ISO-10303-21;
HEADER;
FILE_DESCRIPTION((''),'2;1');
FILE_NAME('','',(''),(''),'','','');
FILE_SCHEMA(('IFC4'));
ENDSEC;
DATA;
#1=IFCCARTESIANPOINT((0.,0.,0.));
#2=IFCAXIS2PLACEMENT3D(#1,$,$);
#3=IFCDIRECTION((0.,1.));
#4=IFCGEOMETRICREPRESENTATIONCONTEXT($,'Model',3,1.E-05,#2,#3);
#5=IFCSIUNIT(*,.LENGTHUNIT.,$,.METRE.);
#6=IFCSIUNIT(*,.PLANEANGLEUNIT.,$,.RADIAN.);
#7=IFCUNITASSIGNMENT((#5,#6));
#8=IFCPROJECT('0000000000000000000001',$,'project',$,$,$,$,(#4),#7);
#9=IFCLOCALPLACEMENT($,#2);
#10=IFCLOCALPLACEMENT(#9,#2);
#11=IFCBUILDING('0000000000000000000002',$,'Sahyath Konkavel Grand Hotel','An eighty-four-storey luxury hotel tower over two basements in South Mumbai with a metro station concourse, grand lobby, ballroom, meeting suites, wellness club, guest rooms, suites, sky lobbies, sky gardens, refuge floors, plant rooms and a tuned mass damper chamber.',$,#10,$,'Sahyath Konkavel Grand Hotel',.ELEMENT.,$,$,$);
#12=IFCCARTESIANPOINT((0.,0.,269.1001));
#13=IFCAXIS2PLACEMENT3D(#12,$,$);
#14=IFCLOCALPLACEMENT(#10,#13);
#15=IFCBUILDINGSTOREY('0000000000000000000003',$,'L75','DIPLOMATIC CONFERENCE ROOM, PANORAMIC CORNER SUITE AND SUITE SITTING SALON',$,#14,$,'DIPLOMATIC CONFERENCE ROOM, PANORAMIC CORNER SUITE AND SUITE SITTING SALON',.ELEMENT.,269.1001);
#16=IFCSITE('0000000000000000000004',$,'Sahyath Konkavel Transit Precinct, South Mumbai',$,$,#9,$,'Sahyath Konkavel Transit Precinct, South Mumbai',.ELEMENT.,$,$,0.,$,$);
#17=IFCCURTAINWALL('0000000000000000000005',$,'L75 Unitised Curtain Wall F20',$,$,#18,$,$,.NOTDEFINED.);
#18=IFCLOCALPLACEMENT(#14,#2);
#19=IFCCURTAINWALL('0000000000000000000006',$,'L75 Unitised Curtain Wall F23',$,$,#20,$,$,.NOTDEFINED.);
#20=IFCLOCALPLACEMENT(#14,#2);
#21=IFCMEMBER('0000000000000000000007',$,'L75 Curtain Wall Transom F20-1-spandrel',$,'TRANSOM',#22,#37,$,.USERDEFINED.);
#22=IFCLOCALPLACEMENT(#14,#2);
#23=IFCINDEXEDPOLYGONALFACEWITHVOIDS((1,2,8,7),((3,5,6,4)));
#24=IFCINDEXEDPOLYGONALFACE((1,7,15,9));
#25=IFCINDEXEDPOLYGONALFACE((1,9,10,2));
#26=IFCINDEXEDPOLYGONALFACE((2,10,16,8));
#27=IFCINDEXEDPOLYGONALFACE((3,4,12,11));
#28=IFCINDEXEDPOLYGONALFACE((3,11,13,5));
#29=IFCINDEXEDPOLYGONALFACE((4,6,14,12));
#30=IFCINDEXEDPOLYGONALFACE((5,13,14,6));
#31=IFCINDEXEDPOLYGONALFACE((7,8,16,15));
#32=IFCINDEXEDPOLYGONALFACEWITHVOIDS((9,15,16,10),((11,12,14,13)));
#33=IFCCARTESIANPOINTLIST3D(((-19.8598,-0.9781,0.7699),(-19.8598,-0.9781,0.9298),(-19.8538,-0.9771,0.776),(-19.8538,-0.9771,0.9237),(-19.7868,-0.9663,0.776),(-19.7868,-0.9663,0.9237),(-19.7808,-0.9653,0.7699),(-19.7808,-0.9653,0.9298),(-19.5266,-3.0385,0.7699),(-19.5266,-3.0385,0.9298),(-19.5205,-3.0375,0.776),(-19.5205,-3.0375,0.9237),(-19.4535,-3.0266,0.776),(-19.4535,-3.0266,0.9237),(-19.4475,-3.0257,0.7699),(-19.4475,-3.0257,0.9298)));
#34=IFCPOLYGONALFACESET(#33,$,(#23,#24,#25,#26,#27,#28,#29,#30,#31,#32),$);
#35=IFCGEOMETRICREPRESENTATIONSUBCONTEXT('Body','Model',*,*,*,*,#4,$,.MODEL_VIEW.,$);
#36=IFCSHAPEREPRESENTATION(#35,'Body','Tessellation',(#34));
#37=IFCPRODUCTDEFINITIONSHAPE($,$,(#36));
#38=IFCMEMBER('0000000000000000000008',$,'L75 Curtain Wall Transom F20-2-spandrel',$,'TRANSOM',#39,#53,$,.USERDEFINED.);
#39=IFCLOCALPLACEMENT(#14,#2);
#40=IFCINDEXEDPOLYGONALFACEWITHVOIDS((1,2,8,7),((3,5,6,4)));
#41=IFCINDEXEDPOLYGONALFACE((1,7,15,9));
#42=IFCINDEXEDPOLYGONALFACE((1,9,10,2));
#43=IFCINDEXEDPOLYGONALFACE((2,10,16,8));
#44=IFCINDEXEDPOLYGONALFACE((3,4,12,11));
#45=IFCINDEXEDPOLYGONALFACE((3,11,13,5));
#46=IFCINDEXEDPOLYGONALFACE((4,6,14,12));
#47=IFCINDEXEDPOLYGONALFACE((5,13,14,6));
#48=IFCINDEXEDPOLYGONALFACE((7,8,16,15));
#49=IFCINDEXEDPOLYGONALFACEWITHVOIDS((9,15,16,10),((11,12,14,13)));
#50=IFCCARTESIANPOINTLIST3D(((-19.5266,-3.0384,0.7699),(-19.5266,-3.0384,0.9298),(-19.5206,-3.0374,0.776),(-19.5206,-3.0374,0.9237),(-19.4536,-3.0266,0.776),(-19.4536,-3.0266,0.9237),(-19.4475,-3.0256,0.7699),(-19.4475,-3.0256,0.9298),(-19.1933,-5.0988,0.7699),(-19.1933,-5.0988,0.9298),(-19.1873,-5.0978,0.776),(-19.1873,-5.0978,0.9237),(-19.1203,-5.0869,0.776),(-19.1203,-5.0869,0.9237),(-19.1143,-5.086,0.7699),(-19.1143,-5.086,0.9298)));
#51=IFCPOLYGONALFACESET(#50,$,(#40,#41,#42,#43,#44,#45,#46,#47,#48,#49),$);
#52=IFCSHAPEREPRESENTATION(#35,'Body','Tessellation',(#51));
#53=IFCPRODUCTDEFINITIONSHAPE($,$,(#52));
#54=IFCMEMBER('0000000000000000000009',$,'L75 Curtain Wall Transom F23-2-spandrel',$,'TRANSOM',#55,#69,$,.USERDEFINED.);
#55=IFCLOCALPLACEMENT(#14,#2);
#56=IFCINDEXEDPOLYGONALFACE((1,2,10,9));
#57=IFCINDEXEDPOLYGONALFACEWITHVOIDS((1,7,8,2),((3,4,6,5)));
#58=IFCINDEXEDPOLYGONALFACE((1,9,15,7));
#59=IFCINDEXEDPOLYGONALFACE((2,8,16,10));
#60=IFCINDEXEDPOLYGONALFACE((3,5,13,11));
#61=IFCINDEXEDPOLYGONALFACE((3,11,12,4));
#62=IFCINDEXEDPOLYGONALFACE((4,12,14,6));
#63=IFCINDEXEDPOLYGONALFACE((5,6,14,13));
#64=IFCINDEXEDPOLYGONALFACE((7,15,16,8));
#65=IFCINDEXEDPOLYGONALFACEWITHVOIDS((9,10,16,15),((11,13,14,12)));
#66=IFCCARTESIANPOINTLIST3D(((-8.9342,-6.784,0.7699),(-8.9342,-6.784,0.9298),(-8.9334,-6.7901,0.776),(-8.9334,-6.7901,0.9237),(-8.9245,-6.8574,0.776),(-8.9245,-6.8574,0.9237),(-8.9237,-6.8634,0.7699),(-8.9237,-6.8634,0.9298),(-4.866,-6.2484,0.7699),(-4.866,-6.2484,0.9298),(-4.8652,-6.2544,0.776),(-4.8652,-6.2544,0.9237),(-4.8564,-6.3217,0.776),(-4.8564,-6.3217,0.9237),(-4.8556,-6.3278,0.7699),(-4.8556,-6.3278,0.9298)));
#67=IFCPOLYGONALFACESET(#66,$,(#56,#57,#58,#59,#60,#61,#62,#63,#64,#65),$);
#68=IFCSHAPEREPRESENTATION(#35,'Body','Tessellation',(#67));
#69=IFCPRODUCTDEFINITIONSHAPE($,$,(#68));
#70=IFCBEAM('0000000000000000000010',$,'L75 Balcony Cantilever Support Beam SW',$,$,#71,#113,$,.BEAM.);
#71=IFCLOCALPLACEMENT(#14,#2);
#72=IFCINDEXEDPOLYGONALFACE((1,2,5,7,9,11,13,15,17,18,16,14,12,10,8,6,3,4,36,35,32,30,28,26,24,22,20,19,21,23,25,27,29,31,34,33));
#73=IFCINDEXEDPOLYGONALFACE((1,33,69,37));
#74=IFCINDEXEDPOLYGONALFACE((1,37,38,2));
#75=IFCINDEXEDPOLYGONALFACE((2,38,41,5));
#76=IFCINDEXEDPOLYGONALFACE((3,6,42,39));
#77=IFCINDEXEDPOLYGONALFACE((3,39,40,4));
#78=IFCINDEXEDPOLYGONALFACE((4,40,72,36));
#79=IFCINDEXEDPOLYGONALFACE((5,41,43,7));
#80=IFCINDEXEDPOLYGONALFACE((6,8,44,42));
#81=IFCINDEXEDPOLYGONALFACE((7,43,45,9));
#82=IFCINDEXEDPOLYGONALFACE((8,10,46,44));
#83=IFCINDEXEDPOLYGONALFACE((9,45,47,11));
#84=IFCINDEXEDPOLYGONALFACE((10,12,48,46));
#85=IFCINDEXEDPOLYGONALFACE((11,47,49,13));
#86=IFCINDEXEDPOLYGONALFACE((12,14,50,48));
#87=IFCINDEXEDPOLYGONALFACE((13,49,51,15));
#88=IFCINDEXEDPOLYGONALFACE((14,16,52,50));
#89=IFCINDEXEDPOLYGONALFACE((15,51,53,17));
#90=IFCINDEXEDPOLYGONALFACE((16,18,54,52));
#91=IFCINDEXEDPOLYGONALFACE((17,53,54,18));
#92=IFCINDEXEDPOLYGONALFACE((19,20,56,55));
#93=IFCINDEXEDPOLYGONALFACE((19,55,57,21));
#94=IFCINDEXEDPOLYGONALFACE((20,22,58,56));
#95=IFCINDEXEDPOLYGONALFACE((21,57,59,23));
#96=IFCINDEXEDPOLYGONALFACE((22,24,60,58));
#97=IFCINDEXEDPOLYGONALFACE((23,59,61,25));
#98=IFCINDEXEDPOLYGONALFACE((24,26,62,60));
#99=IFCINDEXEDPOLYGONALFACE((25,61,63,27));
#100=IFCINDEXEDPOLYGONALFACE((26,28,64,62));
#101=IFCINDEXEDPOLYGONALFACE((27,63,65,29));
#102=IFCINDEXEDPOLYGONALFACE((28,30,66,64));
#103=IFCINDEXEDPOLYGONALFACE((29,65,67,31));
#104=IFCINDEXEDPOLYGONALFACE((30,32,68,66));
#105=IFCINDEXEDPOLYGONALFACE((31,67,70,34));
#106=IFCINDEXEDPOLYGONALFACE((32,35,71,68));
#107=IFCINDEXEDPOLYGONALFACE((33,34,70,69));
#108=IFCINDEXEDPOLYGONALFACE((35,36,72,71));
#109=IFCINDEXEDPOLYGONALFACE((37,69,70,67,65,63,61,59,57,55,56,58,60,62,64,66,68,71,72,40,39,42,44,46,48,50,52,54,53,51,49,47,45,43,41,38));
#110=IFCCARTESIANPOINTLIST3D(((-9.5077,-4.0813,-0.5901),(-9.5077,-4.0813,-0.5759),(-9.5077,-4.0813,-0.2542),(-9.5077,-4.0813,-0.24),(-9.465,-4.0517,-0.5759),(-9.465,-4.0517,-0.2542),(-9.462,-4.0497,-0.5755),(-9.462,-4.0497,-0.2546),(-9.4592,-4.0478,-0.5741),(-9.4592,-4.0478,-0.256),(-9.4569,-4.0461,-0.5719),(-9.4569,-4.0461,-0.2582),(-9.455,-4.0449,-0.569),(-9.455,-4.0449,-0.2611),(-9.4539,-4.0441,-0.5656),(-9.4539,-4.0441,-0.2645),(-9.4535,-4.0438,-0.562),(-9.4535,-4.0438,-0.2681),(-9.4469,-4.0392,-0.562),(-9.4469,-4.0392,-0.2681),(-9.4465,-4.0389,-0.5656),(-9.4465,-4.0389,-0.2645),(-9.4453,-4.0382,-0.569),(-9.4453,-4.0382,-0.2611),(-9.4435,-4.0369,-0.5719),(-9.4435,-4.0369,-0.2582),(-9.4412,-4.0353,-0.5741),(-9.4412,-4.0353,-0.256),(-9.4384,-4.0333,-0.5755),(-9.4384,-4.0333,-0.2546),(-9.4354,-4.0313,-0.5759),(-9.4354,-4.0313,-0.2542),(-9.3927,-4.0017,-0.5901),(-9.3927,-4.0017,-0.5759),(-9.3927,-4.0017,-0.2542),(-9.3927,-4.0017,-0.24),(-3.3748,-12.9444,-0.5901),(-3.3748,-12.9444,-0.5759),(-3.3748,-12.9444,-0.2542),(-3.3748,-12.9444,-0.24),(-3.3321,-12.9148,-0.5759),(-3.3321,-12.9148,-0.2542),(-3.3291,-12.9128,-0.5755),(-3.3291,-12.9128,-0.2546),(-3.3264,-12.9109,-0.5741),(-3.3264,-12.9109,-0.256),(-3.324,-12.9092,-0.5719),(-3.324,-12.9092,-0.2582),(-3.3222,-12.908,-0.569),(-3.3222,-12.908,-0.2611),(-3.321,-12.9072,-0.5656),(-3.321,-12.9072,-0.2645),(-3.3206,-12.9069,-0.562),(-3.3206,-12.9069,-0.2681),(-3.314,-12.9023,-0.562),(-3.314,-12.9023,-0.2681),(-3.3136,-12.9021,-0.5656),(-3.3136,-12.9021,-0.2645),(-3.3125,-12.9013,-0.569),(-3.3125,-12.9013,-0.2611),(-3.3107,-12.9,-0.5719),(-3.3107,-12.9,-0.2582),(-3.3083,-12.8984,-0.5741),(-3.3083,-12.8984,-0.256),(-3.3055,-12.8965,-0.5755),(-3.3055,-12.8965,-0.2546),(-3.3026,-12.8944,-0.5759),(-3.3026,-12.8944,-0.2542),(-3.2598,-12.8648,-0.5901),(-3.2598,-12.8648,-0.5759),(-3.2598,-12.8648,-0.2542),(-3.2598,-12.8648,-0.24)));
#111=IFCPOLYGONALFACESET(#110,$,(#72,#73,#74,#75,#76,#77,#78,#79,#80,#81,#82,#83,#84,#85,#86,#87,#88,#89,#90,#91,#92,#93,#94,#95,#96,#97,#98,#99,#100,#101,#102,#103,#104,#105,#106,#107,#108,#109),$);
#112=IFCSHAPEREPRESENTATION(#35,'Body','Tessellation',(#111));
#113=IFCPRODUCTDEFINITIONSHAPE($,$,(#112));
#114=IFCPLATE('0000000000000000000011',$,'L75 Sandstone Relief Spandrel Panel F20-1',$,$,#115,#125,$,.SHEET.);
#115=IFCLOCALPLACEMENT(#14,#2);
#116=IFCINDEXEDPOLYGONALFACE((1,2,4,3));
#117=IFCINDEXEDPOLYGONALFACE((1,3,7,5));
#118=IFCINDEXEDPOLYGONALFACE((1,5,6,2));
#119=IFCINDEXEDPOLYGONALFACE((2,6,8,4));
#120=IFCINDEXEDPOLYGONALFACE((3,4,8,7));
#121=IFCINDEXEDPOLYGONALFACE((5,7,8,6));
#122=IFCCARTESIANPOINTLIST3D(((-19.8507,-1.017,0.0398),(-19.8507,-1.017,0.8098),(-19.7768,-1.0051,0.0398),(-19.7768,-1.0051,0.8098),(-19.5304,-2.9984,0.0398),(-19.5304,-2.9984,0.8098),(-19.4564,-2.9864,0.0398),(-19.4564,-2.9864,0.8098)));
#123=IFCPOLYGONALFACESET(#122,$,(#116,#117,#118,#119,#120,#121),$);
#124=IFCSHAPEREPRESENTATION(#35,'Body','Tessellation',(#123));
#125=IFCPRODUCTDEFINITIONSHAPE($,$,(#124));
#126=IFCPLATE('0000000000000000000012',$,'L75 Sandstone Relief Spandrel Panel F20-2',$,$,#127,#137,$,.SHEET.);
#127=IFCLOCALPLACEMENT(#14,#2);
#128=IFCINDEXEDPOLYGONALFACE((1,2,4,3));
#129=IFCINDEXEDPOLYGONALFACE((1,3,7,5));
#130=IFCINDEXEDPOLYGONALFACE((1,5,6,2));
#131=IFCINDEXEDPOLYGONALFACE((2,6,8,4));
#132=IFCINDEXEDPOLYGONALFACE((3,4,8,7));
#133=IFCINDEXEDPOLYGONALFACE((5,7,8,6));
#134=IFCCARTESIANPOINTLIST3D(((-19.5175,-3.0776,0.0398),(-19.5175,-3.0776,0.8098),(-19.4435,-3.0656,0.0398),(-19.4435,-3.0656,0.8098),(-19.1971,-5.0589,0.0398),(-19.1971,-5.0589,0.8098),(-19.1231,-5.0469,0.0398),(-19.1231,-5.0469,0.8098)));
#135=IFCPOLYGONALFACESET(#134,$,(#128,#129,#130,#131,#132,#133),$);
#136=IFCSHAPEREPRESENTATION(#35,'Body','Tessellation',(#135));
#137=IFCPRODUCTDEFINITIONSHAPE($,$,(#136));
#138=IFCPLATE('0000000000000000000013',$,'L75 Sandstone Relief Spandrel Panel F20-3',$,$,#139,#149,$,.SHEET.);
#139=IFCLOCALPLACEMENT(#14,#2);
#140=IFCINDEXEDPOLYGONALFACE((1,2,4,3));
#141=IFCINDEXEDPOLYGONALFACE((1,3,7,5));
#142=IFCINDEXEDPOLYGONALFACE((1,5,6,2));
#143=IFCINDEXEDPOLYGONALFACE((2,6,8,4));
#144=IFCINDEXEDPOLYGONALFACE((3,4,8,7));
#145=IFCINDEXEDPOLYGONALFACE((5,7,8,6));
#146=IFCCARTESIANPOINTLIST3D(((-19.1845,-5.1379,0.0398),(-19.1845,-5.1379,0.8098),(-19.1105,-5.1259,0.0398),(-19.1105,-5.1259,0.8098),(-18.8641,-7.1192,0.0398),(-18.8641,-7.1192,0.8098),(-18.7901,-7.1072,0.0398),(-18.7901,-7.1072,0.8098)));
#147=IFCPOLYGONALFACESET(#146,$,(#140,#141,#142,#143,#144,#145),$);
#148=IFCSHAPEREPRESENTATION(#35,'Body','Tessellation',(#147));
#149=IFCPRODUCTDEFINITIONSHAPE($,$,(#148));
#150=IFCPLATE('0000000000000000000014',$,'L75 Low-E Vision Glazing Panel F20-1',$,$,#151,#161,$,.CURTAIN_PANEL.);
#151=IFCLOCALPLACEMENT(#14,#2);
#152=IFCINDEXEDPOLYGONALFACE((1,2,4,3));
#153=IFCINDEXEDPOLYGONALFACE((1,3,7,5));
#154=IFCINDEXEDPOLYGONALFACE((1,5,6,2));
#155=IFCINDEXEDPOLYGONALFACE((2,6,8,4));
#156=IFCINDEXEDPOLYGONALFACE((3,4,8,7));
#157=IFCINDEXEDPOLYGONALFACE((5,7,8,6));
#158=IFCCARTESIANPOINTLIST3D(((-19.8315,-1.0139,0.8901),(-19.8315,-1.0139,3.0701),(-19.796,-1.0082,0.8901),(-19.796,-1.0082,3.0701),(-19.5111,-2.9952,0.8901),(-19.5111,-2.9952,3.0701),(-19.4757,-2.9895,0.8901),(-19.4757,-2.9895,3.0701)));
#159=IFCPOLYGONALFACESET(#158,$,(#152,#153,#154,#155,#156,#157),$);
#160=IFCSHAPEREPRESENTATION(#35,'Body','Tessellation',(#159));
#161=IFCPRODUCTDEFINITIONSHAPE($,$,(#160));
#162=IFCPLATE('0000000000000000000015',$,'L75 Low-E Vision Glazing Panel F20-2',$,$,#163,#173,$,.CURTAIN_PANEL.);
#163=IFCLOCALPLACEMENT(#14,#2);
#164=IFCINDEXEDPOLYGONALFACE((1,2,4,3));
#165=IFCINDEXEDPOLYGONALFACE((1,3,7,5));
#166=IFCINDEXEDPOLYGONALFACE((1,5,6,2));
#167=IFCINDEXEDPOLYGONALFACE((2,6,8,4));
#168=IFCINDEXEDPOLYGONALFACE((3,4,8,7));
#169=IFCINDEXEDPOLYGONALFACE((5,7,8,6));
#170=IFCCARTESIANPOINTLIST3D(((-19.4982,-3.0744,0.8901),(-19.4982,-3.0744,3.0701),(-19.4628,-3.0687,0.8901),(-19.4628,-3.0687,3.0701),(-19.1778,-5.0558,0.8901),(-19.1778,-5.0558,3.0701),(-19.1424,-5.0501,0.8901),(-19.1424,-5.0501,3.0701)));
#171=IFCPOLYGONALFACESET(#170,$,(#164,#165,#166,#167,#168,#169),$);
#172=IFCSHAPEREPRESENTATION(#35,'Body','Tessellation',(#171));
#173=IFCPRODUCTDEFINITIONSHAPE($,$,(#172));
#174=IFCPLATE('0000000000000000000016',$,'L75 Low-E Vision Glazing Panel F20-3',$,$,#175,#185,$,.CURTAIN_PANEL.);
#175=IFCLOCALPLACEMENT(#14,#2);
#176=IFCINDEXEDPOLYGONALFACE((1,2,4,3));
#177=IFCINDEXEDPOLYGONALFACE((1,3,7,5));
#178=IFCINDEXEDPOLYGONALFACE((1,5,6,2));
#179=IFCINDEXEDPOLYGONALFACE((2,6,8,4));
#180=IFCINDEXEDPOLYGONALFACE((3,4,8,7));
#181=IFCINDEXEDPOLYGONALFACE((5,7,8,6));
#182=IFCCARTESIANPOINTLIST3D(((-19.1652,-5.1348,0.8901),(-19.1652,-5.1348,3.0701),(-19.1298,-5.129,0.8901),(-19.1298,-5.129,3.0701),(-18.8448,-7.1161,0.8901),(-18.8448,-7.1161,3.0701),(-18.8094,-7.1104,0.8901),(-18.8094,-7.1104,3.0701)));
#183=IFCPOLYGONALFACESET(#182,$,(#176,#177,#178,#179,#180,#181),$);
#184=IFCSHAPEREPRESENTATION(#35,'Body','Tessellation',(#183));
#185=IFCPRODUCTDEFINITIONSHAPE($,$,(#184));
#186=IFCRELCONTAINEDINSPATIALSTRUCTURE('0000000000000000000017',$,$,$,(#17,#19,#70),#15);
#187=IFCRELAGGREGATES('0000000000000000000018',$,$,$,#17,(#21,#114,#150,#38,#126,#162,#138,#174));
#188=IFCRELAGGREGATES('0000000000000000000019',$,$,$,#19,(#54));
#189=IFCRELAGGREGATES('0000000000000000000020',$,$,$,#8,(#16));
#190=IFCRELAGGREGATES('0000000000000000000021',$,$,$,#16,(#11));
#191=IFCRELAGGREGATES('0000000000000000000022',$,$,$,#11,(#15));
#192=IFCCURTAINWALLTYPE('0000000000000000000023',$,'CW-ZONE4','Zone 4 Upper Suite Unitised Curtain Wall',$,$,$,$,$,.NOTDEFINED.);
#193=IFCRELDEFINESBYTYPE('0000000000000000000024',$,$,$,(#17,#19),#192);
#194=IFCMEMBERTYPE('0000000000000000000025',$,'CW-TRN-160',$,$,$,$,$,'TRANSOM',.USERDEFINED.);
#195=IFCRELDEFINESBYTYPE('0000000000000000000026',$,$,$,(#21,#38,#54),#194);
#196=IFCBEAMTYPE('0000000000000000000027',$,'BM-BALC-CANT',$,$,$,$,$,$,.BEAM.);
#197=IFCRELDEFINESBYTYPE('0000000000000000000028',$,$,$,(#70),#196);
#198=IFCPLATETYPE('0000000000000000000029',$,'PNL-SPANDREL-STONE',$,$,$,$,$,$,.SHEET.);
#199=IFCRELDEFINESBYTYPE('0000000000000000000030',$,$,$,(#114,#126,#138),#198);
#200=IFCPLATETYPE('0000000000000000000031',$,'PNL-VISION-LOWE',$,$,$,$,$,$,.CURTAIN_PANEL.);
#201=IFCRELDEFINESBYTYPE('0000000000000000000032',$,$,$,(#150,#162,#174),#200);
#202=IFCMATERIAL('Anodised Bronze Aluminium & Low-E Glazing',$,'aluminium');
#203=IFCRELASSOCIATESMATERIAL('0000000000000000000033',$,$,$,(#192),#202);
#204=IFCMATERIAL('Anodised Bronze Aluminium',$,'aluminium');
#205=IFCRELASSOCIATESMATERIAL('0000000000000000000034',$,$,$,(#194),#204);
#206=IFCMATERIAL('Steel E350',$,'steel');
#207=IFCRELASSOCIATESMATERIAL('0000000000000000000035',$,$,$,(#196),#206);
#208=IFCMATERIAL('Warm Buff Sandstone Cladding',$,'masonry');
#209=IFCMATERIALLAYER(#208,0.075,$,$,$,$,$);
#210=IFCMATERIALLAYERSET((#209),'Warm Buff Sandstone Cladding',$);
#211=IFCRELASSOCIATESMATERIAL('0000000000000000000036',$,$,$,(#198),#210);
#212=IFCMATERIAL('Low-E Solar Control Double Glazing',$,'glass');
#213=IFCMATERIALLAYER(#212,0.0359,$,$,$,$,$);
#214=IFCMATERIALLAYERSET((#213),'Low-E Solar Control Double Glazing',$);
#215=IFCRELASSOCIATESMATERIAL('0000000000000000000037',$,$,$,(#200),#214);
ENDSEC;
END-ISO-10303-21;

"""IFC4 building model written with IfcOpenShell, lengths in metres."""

from ifc_helpers import new_model, si_unit, direction, frame, origin, origin_2d, place, context, subcontext, project, spatial, rectangle, hollow_rectangle, i_section, extrude, source, transform, mapped, material, layer, layer_set, material_profile, profile_set, type_object, element, aggregate, save


model = new_model("IFC4")

# Units and contexts
model_context = context("Model", 3, precision=1e-05, world=origin(), true_north=direction((0.0, 1.0)))
body_context = subcontext(model_context, "Body", "Model", "MODEL_VIEW")
ifc_project = project(units=[si_unit("LENGTHUNIT", "METRE"), si_unit("PLANEANGLEUNIT", "RADIAN")], contexts=[model_context])

# Site, building, storey
site_placement = place(None, origin())
site = spatial("IfcSite", under=ifc_project, at=site_placement, Name="Sahyath Konkavel Transit Precinct, South Mumbai", LongName="Sahyath Konkavel Transit Precinct, South Mumbai", CompositionType="ELEMENT", RefElevation=0.0)
building_placement = place(site_placement, origin())
building = spatial("IfcBuilding", under=site, at=building_placement, Name="Sahyath Konkavel Grand Hotel", Description="An eighty-four-storey luxury hotel tower over two basements in South Mumbai with a metro station concourse, grand lobby, ballroom, meeting suites, wellness club, guest rooms, suites, sky lobbies, sky gardens, refuge floors, plant rooms and a tuned mass damper chamber.", LongName="Sahyath Konkavel Grand Hotel", CompositionType="ELEMENT")
storey_placement = place(building_placement, frame((0.0, 0.0, 269.1001)))
storey = spatial("IfcBuildingStorey", under=building, at=storey_placement, Name="L75", Description="DIPLOMATIC CONFERENCE ROOM, PANORAMIC CORNER SUITE AND SUITE SITTING SALON", LongName="DIPLOMATIC CONFERENCE ROOM, PANORAMIC CORNER SUITE AND SUITE SITTING SALON", CompositionType="ELEMENT", Elevation=269.1001)

# Shared definitions
ifc_material_1 = material(Name="Steel E350", Category="steel")

# Curtain wall
ifc_material_2 = material(Name="Anodised Bronze Aluminium & Low-E Glazing", Category="aluminium")
curtain_wall_type = type_object("IfcCurtainWallType", Name="CW-ZONE4", Description="Zone 4 Upper Suite Unitised Curtain Wall", PredefinedType="NOTDEFINED", material=ifc_material_2)
curtain_wall_1_placement = place(storey_placement, origin())
curtain_wall_1 = element("IfcCurtainWall", 1, at=curtain_wall_1_placement, inside=storey, type_object=curtain_wall_type, Name="L75 Unitised Curtain Wall F20", PredefinedType="NOTDEFINED")
ifc_material_3 = material(Name="Anodised Bronze Aluminium", Category="aluminium")

# Curtain wall
curtain_wall_2_placement = place(storey_placement, origin())
curtain_wall_2 = element("IfcCurtainWall", 2, at=curtain_wall_2_placement, inside=storey, type_object=curtain_wall_type, Name="L75 Unitised Curtain Wall F23", PredefinedType="NOTDEFINED")

# Members
ifc_material_profile_1 = material_profile(ifc_material_3, hollow_rectangle(XDim=0.0801, YDim=0.1599, WallThickness=0.0061, at=origin_2d()), Name="RHS 160x80x6")
ifc_profile_set_1 = profile_set([ifc_material_profile_1], Name="Anodised Bronze Aluminium")
member_type_1 = type_object("IfcMemberType", Name="CW-TRN-160", ElementType="TRANSOM", PredefinedType="USERDEFINED", material=ifc_profile_set_1)
shared_shape_1 = source(origin(), body_context, "Body", "SweptSolid", [
    extrude(hollow_rectangle(XDim=0.0801, YDim=0.1599, WallThickness=0.0061, at=origin_2d()), origin(), (0.0, 0.0, 1.0), 2.0872),
])
member_1_placement = place(storey_placement, frame((-19.8203, -0.9717, 0.8499), z_axis=(0.159674, -0.98717, 0.0), x_axis=(0.98717, 0.159674, 0.0)))
member_1 = element("IfcMember", 3, at=member_1_placement, type_object=member_type_1, Name="L75 Curtain Wall Transom F20-1-spandrel", ObjectType="TRANSOM", PredefinedType="USERDEFINED", context=body_context, shape_type="MappedRepresentation", body=[
    mapped(shared_shape_1, transform((0.0, 0.0, 0.0), scale=1.0)),
])
member_2_placement = place(storey_placement, frame((-19.4871, -3.032, 0.8499), z_axis=(0.159674, -0.98717, 0.0), x_axis=(0.98717, 0.159674, 0.0)))
member_2 = element("IfcMember", 4, at=member_2_placement, type_object=member_type_1, Name="L75 Curtain Wall Transom F20-2-spandrel", ObjectType="TRANSOM", PredefinedType="USERDEFINED", context=body_context, shape_type="MappedRepresentation", body=[
    mapped(shared_shape_1, transform((0.0, 0.0, 0.0), scale=1.0)),
])
shared_shape_2 = source(origin(), body_context, "Body", "SweptSolid", [
    extrude(hollow_rectangle(XDim=0.0801, YDim=0.1599, WallThickness=0.0061, at=origin_2d()), origin(), (0.0, 0.0, 1.0), 4.1033),
])
member_3_placement = place(storey_placement, frame((-8.929, -6.8237, 0.8499), z_axis=(0.991443, 0.130542, 0.0), x_axis=(-0.130542, 0.991443, 0.0)))
member_3 = element("IfcMember", 5, at=member_3_placement, type_object=member_type_1, Name="L75 Curtain Wall Transom F23-2-spandrel", ObjectType="TRANSOM", PredefinedType="USERDEFINED", context=body_context, shape_type="MappedRepresentation", body=[
    mapped(shared_shape_2, transform((0.0, 0.0, 0.0), scale=1.0)),
])

# Beam
ifc_material_profile_2 = material_profile(ifc_material_1, i_section(OverallWidth=0.1399, OverallDepth=0.3501, WebThickness=0.0081, FlangeThickness=0.0142, FilletRadius=0.0139, at=origin_2d()), Name="ISMB 350")
ifc_profile_set_2 = profile_set([ifc_material_profile_2], Name="Steel E350")
beam_type_1 = type_object("IfcBeamType", Name="BM-BALC-CANT", PredefinedType="BEAM", material=ifc_profile_set_2)
shared_shape_3 = source(origin(), body_context, "Body", "SweptSolid", [
    extrude(i_section(OverallWidth=0.1399, OverallDepth=0.3501, WebThickness=0.0081, FlangeThickness=0.0142, FilletRadius=0.0139, at=origin_2d()), origin(), (0.0, 0.0, 1.0), 10.7781),
])
beam_1_placement = place(storey_placement, frame((-9.4502, -4.0415, -0.415), z_axis=(0.569013, -0.822328, 0.0), x_axis=(0.822328, 0.569013, 0.0)))
element("IfcBeam", 6, at=beam_1_placement, inside=storey, type_object=beam_type_1, Name="L75 Balcony Cantilever Support Beam SW", PredefinedType="BEAM", context=body_context, shape_type="MappedRepresentation", body=[
    mapped(shared_shape_3, transform((0.0, 0.0, 0.0), scale=1.0)),
])

# Plates
ifc_material_4 = material(Name="Warm Buff Sandstone Cladding", Category="masonry")
ifc_layer_1 = layer(ifc_material_4, 0.075)
ifc_layer_set_1 = layer_set([ifc_layer_1], Name="Warm Buff Sandstone Cladding")
plate_type_1 = type_object("IfcPlateType", Name="PNL-SPANDREL-STONE", PredefinedType="SHEET", material=ifc_layer_set_1)
shared_shape_4 = source(origin(), body_context, "Body", "SweptSolid", [
    extrude(rectangle(XDim=2.0071, YDim=0.075, at=origin_2d()), origin(), (0.0, 0.0, 1.0), 0.77),
])
plate_1_placement = place(storey_placement, frame((-19.6536, -2.0017, 0.0398), z_axis=(0.0, 0.0, 1.0), x_axis=(0.159623, -0.987178, 0.0)))
plate_1 = element("IfcPlate", 7, at=plate_1_placement, type_object=plate_type_1, Name="L75 Sandstone Relief Spandrel Panel F20-1", PredefinedType="SHEET", context=body_context, shape_type="MappedRepresentation", body=[
    mapped(shared_shape_4, transform((0.0, 0.0, 0.0), scale=1.0)),
])
plate_2_placement = place(storey_placement, frame((-19.3203, -4.0623, 0.0398), z_axis=(0.0, 0.0, 1.0), x_axis=(0.159623, -0.987178, 0.0)))
plate_2 = element("IfcPlate", 8, at=plate_2_placement, type_object=plate_type_1, Name="L75 Sandstone Relief Spandrel Panel F20-2", PredefinedType="SHEET", context=body_context, shape_type="MappedRepresentation", body=[
    mapped(shared_shape_4, transform((0.0, 0.0, 0.0), scale=1.0)),
])
plate_3_placement = place(storey_placement, frame((-18.9873, -6.1226, 0.0398), z_axis=(0.0, 0.0, 1.0), x_axis=(0.159623, -0.987178, 0.0)))
plate_3 = element("IfcPlate", 9, at=plate_3_placement, type_object=plate_type_1, Name="L75 Sandstone Relief Spandrel Panel F20-3", PredefinedType="SHEET", context=body_context, shape_type="MappedRepresentation", body=[
    mapped(shared_shape_4, transform((0.0, 0.0, 0.0), scale=1.0)),
])
ifc_material_5 = material(Name="Low-E Solar Control Double Glazing", Category="glass")
ifc_layer_2 = layer(ifc_material_5, 0.0359)
ifc_layer_set_2 = layer_set([ifc_layer_2], Name="Low-E Solar Control Double Glazing")
plate_type_2 = type_object("IfcPlateType", Name="PNL-VISION-LOWE", PredefinedType="CURTAIN_PANEL", material=ifc_layer_set_2)
shared_shape_5 = source(origin(), body_context, "Body", "SweptSolid", [
    extrude(rectangle(XDim=2.0071, YDim=0.0359, at=origin_2d()), origin(), (0.0, 0.0, 1.0), 2.1799),
])
plate_4_placement = place(storey_placement, frame((-19.6536, -2.0017, 0.8901), z_axis=(0.0, 0.0, 1.0), x_axis=(0.159623, -0.987178, 0.0)))
plate_4 = element("IfcPlate", 10, at=plate_4_placement, type_object=plate_type_2, Name="L75 Low-E Vision Glazing Panel F20-1", PredefinedType="CURTAIN_PANEL", context=body_context, shape_type="MappedRepresentation", body=[
    mapped(shared_shape_5, transform((0.0, 0.0, 0.0), scale=1.0)),
])
plate_5_placement = place(storey_placement, frame((-19.3203, -4.0623, 0.8901), z_axis=(0.0, 0.0, 1.0), x_axis=(0.159623, -0.987178, 0.0)))
plate_5 = element("IfcPlate", 11, at=plate_5_placement, type_object=plate_type_2, Name="L75 Low-E Vision Glazing Panel F20-2", PredefinedType="CURTAIN_PANEL", context=body_context, shape_type="MappedRepresentation", body=[
    mapped(shared_shape_5, transform((0.0, 0.0, 0.0), scale=1.0)),
])
plate_6_placement = place(storey_placement, frame((-18.9873, -6.1226, 0.8901), z_axis=(0.0, 0.0, 1.0), x_axis=(0.159623, -0.987178, 0.0)))
plate_6 = element("IfcPlate", 12, at=plate_6_placement, type_object=plate_type_2, Name="L75 Low-E Vision Glazing Panel F20-3", PredefinedType="CURTAIN_PANEL", context=body_context, shape_type="MappedRepresentation", body=[
    mapped(shared_shape_5, transform((0.0, 0.0, 0.0), scale=1.0)),
])
aggregate(curtain_wall_1, [member_1, plate_1, plate_4, member_2, plate_2, plate_5, plate_3, plate_6])
aggregate(curtain_wall_2, [member_3])

save(model, "model.ifc")
